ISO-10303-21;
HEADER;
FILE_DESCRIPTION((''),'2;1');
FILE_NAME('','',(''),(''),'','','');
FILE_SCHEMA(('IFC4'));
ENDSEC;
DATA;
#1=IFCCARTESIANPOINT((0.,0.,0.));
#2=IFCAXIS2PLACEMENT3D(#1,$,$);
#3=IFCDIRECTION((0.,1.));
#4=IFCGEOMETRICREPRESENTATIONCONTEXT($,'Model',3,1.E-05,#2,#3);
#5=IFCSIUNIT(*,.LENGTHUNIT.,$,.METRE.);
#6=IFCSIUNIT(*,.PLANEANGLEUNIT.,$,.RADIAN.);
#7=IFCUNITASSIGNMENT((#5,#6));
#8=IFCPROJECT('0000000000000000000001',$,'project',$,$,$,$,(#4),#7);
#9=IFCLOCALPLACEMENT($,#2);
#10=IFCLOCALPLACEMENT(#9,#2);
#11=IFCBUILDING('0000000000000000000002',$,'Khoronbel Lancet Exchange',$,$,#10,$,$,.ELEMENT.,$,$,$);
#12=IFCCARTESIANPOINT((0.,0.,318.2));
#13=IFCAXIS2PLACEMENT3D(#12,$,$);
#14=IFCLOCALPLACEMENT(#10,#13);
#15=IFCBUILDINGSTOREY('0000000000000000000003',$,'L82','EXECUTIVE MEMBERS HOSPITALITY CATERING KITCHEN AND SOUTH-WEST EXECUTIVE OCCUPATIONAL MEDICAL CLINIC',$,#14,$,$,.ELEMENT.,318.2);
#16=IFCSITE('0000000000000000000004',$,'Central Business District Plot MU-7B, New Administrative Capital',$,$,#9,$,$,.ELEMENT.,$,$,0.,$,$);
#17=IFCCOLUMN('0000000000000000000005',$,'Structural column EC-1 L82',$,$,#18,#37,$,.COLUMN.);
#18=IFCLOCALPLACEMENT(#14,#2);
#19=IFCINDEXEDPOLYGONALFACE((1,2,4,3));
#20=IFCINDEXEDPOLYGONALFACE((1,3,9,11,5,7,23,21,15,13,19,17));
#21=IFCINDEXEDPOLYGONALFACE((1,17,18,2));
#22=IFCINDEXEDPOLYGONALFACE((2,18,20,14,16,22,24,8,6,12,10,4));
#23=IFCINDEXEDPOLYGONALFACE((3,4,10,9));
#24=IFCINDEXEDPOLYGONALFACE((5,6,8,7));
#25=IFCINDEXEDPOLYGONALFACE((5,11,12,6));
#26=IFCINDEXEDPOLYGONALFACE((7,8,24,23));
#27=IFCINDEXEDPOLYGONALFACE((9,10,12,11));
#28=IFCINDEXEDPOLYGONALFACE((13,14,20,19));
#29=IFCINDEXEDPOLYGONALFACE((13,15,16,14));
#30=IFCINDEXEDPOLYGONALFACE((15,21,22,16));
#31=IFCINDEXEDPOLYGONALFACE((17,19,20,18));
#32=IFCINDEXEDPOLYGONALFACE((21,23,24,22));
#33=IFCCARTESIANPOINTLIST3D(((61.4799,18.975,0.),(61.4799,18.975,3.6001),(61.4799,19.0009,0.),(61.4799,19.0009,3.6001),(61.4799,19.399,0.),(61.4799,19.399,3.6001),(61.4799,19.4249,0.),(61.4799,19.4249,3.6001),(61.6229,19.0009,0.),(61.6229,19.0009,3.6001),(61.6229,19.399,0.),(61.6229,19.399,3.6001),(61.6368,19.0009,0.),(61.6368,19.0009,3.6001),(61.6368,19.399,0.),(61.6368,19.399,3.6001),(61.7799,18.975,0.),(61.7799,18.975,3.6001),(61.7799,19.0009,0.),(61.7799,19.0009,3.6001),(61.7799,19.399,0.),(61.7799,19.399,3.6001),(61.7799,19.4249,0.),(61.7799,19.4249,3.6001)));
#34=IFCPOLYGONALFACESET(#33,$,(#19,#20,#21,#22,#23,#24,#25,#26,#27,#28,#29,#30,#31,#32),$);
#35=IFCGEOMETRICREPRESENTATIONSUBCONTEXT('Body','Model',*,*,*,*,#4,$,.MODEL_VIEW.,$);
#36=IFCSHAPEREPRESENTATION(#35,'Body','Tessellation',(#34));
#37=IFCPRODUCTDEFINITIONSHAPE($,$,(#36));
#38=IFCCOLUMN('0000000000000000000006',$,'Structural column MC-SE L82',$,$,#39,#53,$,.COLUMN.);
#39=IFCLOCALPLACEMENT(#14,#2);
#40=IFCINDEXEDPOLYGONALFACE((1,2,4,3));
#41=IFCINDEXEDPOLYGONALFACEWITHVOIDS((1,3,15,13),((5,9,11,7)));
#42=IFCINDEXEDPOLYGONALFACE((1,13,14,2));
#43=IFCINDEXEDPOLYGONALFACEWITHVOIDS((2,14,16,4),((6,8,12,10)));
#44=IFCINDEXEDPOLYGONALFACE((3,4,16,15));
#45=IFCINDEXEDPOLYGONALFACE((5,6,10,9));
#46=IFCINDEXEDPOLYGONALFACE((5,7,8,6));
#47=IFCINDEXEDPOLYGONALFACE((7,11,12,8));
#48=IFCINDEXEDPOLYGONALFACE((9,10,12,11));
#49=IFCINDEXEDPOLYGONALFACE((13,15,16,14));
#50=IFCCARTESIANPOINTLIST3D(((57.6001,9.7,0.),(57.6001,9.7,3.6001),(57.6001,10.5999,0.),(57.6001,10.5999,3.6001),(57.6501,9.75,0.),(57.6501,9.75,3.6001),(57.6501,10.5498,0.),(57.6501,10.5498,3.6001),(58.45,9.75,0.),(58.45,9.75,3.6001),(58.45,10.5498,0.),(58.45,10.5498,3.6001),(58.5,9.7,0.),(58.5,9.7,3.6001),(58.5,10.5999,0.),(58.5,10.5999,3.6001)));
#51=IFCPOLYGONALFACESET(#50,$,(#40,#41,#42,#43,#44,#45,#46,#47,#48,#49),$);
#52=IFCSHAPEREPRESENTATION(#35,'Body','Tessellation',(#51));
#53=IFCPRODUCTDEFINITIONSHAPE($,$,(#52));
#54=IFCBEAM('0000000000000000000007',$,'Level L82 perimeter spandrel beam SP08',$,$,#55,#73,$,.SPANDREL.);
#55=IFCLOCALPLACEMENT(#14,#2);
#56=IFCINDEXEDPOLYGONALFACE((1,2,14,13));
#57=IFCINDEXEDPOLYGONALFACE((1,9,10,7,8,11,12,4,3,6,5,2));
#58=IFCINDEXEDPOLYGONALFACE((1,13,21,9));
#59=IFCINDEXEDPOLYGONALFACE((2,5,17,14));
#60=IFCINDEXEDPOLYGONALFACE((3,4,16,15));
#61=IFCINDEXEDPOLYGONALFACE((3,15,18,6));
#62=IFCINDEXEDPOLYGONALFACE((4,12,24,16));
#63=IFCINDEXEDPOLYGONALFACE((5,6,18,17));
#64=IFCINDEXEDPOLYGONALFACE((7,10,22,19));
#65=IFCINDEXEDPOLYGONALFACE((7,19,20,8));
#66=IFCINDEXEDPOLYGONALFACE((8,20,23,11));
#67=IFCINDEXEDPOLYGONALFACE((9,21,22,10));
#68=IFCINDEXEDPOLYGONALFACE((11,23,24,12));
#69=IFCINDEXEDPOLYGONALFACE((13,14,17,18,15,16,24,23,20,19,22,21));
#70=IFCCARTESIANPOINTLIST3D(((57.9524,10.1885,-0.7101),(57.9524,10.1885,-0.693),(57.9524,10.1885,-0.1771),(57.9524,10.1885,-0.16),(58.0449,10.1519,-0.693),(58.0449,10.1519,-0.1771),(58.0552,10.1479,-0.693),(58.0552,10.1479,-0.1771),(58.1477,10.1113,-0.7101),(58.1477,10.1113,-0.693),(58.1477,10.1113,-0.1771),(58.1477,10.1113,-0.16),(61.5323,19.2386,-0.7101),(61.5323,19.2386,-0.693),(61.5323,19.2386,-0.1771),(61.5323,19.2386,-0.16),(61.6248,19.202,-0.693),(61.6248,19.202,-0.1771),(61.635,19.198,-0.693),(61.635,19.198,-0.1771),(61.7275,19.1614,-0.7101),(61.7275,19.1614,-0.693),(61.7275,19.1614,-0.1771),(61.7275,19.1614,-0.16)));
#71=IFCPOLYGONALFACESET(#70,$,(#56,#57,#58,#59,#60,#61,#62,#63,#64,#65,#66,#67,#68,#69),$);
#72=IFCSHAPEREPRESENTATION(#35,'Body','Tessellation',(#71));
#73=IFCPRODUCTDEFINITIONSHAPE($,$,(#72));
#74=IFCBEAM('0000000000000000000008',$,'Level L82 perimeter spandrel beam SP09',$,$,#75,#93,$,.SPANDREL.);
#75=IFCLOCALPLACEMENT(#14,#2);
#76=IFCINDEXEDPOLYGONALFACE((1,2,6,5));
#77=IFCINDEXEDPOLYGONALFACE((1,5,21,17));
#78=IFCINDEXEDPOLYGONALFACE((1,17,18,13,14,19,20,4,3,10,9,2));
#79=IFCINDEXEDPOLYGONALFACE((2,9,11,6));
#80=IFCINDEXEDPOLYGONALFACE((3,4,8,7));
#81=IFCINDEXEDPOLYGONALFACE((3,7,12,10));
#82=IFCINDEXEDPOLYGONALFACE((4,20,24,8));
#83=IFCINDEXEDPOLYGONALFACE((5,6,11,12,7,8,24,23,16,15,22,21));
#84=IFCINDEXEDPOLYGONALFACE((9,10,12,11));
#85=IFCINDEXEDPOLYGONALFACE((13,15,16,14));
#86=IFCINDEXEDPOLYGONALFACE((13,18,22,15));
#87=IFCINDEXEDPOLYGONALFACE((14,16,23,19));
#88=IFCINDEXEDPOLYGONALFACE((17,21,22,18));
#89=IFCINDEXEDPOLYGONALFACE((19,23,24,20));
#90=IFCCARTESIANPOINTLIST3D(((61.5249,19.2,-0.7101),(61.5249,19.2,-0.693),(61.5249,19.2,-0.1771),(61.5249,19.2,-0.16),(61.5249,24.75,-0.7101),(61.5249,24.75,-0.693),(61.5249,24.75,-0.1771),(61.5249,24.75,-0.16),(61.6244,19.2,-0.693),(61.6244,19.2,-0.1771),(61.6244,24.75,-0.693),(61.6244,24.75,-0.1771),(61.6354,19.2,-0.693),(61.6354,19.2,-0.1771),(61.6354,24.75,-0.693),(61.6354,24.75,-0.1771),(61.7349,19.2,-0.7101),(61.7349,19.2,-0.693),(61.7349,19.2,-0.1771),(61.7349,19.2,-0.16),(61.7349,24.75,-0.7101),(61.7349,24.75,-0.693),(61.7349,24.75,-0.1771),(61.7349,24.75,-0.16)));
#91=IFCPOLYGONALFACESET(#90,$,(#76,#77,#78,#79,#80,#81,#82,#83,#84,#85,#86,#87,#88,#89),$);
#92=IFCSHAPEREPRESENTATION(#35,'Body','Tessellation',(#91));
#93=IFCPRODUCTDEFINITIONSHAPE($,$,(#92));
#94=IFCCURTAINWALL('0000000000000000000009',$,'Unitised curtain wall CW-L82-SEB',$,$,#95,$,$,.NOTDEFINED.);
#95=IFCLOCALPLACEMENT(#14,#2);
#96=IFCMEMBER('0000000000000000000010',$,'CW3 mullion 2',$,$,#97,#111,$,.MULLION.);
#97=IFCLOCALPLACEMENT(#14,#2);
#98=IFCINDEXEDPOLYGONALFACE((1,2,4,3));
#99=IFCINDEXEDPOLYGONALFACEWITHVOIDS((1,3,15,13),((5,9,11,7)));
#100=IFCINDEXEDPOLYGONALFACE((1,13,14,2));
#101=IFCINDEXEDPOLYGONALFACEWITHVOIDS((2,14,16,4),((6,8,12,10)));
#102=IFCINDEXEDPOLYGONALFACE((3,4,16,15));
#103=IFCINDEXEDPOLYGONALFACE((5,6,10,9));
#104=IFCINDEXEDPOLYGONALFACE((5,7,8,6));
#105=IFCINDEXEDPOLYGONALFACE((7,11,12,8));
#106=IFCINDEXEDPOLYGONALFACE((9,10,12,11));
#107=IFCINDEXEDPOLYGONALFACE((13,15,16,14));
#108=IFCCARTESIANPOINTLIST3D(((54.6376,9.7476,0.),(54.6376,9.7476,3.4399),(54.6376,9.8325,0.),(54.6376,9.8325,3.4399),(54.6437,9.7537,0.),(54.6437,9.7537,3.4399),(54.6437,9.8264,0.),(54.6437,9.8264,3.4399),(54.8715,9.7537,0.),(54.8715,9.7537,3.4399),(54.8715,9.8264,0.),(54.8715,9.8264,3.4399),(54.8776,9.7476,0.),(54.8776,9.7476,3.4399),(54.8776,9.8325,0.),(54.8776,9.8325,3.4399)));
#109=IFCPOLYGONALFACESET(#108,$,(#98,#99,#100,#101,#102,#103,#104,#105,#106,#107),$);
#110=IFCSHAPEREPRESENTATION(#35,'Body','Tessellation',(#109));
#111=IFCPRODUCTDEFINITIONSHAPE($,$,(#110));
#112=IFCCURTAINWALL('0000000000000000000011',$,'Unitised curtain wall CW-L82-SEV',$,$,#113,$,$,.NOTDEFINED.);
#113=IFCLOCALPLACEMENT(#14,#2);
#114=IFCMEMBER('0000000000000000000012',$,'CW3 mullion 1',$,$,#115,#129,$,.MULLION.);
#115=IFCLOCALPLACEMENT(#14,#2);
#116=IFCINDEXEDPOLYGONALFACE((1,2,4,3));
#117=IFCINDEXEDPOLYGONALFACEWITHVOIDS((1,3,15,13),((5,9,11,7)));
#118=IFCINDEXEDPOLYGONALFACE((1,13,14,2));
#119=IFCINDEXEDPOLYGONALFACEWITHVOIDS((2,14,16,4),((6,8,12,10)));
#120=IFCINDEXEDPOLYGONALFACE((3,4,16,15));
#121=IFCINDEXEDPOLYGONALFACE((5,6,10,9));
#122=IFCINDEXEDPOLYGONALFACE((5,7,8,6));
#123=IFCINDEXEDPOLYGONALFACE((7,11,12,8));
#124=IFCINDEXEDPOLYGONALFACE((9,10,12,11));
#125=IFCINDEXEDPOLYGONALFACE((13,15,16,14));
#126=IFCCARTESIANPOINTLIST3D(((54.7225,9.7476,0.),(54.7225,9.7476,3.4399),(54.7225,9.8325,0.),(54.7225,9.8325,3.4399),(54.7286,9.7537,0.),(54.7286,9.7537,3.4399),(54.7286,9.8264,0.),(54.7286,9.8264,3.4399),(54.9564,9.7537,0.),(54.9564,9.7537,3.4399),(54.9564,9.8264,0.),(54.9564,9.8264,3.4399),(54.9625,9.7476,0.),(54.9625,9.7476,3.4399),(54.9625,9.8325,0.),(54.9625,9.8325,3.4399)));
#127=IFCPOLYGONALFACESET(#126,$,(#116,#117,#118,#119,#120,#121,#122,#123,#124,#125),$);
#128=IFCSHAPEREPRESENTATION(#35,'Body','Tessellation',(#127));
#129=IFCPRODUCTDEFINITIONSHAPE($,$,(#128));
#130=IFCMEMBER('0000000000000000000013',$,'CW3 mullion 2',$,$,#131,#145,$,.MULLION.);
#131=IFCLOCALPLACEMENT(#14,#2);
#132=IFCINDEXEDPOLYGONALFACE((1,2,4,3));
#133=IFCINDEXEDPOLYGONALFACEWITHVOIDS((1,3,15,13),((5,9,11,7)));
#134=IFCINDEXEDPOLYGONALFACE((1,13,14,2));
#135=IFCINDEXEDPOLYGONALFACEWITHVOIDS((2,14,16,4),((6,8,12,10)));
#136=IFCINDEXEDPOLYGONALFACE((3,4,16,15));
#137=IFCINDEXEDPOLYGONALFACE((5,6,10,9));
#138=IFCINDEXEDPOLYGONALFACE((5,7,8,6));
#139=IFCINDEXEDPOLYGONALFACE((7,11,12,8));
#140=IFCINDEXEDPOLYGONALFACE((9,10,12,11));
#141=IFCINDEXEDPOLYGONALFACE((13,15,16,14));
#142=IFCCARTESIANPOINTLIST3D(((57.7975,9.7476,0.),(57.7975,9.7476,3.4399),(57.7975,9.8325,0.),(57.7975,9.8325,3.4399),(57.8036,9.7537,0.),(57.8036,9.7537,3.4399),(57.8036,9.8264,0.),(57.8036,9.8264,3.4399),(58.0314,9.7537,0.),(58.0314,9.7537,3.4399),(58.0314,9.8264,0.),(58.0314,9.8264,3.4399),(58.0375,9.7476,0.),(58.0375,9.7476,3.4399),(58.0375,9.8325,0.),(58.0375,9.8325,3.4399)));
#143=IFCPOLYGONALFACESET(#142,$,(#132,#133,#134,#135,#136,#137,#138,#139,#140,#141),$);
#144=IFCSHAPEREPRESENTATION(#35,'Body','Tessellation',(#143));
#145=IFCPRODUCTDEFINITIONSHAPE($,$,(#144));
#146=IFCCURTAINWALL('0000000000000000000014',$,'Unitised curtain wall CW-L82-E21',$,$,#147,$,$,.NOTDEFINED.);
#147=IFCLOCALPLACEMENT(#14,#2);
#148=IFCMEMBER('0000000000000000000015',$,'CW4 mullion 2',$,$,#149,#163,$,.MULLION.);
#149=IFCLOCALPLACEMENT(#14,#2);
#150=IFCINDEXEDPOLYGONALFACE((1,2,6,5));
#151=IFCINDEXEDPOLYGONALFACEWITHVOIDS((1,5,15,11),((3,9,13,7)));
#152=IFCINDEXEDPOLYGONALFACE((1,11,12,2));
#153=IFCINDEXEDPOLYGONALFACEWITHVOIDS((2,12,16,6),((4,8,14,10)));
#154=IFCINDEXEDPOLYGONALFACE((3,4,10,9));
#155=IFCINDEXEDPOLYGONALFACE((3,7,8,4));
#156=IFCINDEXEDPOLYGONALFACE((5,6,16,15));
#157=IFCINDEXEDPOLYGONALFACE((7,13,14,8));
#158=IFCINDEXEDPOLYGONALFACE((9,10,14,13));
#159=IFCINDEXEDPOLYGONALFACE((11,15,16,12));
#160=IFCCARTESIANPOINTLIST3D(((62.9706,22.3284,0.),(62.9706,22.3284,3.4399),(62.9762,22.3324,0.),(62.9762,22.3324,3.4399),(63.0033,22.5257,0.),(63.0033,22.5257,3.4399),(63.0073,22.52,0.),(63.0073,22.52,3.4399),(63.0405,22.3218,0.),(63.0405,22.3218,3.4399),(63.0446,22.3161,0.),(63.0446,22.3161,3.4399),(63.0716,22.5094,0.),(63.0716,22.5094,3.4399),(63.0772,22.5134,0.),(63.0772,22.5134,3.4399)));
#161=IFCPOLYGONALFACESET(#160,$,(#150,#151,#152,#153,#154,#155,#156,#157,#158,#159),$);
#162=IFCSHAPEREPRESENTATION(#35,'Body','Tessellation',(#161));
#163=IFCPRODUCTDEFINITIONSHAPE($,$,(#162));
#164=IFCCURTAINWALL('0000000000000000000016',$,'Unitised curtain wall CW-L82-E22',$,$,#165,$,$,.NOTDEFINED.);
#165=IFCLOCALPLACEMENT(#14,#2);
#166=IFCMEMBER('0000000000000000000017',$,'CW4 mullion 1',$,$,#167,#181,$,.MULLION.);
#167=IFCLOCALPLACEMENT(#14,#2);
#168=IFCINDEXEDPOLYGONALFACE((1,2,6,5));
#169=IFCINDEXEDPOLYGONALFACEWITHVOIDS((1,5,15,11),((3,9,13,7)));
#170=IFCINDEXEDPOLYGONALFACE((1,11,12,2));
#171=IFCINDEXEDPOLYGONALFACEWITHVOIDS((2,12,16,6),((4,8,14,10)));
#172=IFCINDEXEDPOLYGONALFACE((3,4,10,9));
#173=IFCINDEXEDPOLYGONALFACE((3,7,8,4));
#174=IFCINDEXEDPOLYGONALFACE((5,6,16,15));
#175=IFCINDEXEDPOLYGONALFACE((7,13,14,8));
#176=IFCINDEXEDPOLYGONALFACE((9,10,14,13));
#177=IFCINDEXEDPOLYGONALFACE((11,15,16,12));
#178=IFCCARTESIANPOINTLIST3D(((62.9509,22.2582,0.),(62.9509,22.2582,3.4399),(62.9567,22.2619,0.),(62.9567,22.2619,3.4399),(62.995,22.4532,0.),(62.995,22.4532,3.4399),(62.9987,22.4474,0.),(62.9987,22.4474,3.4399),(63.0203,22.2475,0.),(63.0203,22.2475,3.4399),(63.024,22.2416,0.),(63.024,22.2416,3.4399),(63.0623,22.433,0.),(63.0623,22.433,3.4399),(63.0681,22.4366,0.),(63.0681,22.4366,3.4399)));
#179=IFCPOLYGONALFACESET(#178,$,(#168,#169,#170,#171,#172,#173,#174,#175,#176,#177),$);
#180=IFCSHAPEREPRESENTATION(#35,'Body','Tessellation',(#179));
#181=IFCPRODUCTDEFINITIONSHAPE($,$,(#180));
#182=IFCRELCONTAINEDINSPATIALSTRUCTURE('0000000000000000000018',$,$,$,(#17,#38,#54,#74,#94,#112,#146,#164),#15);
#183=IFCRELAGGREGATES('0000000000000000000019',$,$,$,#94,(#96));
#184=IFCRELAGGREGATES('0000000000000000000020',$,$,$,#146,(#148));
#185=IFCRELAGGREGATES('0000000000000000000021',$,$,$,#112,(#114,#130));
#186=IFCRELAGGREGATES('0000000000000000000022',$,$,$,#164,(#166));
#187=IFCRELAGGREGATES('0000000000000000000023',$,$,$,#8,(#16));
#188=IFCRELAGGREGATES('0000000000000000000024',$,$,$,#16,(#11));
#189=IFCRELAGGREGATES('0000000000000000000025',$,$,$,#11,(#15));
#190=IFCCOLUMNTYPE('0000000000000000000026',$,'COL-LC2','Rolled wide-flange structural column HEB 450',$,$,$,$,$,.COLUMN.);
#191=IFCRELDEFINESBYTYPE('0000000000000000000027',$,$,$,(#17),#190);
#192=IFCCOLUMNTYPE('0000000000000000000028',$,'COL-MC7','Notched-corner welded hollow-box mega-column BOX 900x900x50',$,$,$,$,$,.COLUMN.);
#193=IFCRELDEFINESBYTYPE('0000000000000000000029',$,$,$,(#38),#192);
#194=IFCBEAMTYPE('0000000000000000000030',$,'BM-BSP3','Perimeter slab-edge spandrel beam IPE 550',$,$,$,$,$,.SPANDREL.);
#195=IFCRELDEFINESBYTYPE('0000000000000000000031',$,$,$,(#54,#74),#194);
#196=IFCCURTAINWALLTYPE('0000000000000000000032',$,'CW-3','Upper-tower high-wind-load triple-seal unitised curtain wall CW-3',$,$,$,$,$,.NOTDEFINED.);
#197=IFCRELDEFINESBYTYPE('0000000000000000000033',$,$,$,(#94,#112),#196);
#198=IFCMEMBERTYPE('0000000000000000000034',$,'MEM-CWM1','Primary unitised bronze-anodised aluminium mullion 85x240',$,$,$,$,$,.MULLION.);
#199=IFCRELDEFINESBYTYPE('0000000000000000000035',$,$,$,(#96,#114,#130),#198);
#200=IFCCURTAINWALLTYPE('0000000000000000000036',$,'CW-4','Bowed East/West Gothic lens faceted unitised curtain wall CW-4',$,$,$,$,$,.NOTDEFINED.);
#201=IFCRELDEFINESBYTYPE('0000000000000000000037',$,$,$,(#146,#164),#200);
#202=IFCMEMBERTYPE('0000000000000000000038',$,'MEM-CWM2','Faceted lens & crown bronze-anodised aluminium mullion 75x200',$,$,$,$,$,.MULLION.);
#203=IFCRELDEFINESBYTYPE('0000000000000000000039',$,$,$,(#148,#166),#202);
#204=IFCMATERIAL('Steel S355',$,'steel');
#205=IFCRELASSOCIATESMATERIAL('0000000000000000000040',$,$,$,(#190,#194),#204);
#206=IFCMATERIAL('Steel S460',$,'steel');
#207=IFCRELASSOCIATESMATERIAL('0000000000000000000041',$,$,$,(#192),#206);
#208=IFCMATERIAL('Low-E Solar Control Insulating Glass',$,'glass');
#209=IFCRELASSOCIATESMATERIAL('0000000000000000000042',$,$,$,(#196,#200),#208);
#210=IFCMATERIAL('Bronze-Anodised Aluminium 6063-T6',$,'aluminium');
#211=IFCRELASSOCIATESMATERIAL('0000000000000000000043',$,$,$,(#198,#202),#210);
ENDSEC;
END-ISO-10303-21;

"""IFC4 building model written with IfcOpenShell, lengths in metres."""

from ifc_helpers import new_model, si_unit, direction, frame, origin, origin_2d, place, context, subcontext, project, spatial, hollow_rectangle, i_section, extrude, material, material_profile, profile_set, type_object, element, aggregate, save


model = new_model("IFC4")

# Units and contexts
model_context = context("Model", 3, precision=1e-05, world=origin(), true_north=direction((0.0, 1.0)))
body_context = subcontext(model_context, "Body", "Model", "MODEL_VIEW")
ifc_project = project(units=[si_unit("LENGTHUNIT", "METRE"), si_unit("PLANEANGLEUNIT", "RADIAN")], contexts=[model_context])

# Site, building, storey
site_placement = place(None, origin())
site = spatial("IfcSite", under=ifc_project, at=site_placement, Name="Central Business District Plot MU-7B, New Administrative Capital", CompositionType="ELEMENT", RefElevation=0.0)
building_placement = place(site_placement, origin())
building = spatial("IfcBuilding", under=site, at=building_placement, Name="Khoronbel Lancet Exchange", CompositionType="ELEMENT")
storey_placement = place(building_placement, frame((0.0, 0.0, 318.2)))
storey = spatial("IfcBuildingStorey", under=building, at=storey_placement, Name="L82", Description="EXECUTIVE MEMBERS HOSPITALITY CATERING KITCHEN AND SOUTH-WEST EXECUTIVE OCCUPATIONAL MEDICAL CLINIC", CompositionType="ELEMENT", Elevation=318.2)

# Columns
ifc_material_1 = material(Name="Steel S355", Category="steel")
ifc_material_profile_1 = material_profile(ifc_material_1, i_section(OverallWidth=0.3, OverallDepth=0.45, WebThickness=0.0139, FlangeThickness=0.0259, at=origin_2d()), Name="HEB 450")
ifc_profile_set_1 = profile_set([ifc_material_profile_1], Name="Steel S355")
column_type_1 = type_object("IfcColumnType", Name="COL-LC2", Description="Rolled wide-flange structural column HEB 450", PredefinedType="COLUMN", material=ifc_profile_set_1)
column_1_placement = place(storey_placement, frame((61.6299, 19.2, 0.0), z_axis=(0.0, 0.0, 1.0), x_axis=(1.0, 0.0, 0.0)))
element("IfcColumn", 1, at=column_1_placement, inside=storey, type_object=column_type_1, Name="Structural column EC-1 L82", PredefinedType="COLUMN", context=body_context, shape_type="SweptSolid", body=[
    extrude(i_section(OverallWidth=0.3, OverallDepth=0.45, WebThickness=0.0139, FlangeThickness=0.0259, at=origin_2d()), origin(), (0.0, 0.0, 1.0), 3.6001),
])
ifc_material_2 = material(Name="Steel S460", Category="steel")
ifc_material_profile_2 = material_profile(ifc_material_2, hollow_rectangle(XDim=0.8999, YDim=0.8999, WallThickness=0.05, at=origin_2d()), Name="BOX 900x900x50")
ifc_profile_set_2 = profile_set([ifc_material_profile_2], Name="Steel S460")
column_type_2 = type_object("IfcColumnType", Name="COL-MC7", Description="Notched-corner welded hollow-box mega-column BOX 900x900x50", PredefinedType="COLUMN", material=ifc_profile_set_2)
column_2_placement = place(storey_placement, frame((58.05, 10.1499, 0.0), z_axis=(0.0, 0.0, 1.0), x_axis=(1.0, 0.0, 0.0)))
element("IfcColumn", 2, at=column_2_placement, inside=storey, type_object=column_type_2, Name="Structural column MC-SE L82", PredefinedType="COLUMN", context=body_context, shape_type="SweptSolid", body=[
    extrude(hollow_rectangle(XDim=0.8999, YDim=0.8999, WallThickness=0.05, at=origin_2d()), origin(), (0.0, 0.0, 1.0), 3.6001),
])

# Beams
ifc_material_profile_3 = material_profile(ifc_material_1, i_section(OverallWidth=0.21, OverallDepth=0.55, WebThickness=0.011, FlangeThickness=0.0171, at=origin_2d()), Name="IPE 550")
ifc_profile_set_3 = profile_set([ifc_material_profile_3], Name="Steel S355")
beam_type = type_object("IfcBeamType", Name="BM-BSP3", Description="Perimeter slab-edge spandrel beam IPE 550", PredefinedType="SPANDREL", material=ifc_profile_set_3)
beam_1_placement = place(storey_placement, frame((58.05, 10.1499, -0.4351), z_axis=(0.367828, 0.929894, 0.0), x_axis=(-0.929894, 0.367828, 0.0)))
element("IfcBeam", 3, at=beam_1_placement, inside=storey, type_object=beam_type, Name="Level L82 perimeter spandrel beam SP08", PredefinedType="SPANDREL", context=body_context, shape_type="SweptSolid", body=[
    extrude(i_section(OverallWidth=0.21, OverallDepth=0.55, WebThickness=0.011, FlangeThickness=0.0171, at=origin_2d()), origin(), (0.0, 0.0, 1.0), 9.7324),
])
beam_2_placement = place(storey_placement, frame((61.6299, 19.2, -0.4351), z_axis=(0.0, 1.0, 0.0), x_axis=(-1.0, 0.0, 0.0)))
element("IfcBeam", 4, at=beam_2_placement, inside=storey, type_object=beam_type, Name="Level L82 perimeter spandrel beam SP09", PredefinedType="SPANDREL", context=body_context, shape_type="SweptSolid", body=[
    extrude(i_section(OverallWidth=0.21, OverallDepth=0.55, WebThickness=0.011, FlangeThickness=0.0171, at=origin_2d()), origin(), (0.0, 0.0, 1.0), 5.55),
])

# Curtain wall, member
ifc_material_3 = material(Name="Low-E Solar Control Insulating Glass", Category="glass")
curtain_wall_type_1 = type_object("IfcCurtainWallType", Name="CW-3", Description="Upper-tower high-wind-load triple-seal unitised curtain wall CW-3", PredefinedType="NOTDEFINED", material=ifc_material_3)
curtain_wall_1_placement = place(storey_placement, origin())
curtain_wall_1 = element("IfcCurtainWall", 5, at=curtain_wall_1_placement, inside=storey, type_object=curtain_wall_type_1, Name="Unitised curtain wall CW-L82-SEB", PredefinedType="NOTDEFINED")
ifc_material_4 = material(Name="Bronze-Anodised Aluminium 6063-T6", Category="aluminium")
ifc_material_profile_4 = material_profile(ifc_material_4, hollow_rectangle(XDim=0.085, YDim=0.24, WallThickness=0.0061, at=origin_2d()), Name="ALU MULLION 85x240")
ifc_profile_set_4 = profile_set([ifc_material_profile_4], Name="Bronze-Anodised Aluminium 6063-T6")
member_type_1 = type_object("IfcMemberType", Name="MEM-CWM1", Description="Primary unitised bronze-anodised aluminium mullion 85x240", PredefinedType="MULLION", material=ifc_profile_set_4)
member_1_placement = place(storey_placement, frame((54.7576, 9.79, 0.0), z_axis=(0.0, 0.0, 1.0), x_axis=(0.0, 1.0, 0.0)))
member_1 = element("IfcMember", 6, at=member_1_placement, type_object=member_type_1, Name="CW3 mullion 2", PredefinedType="MULLION", context=body_context, shape_type="SweptSolid", body=[
    extrude(hollow_rectangle(XDim=0.085, YDim=0.24, WallThickness=0.0061, at=origin_2d()), origin(), (0.0, 0.0, 1.0), 3.4399),
])
aggregate(curtain_wall_1, [member_1])

# Curtain wall, members
curtain_wall_2_placement = place(storey_placement, origin())
curtain_wall_2 = element("IfcCurtainWall", 7, at=curtain_wall_2_placement, inside=storey, type_object=curtain_wall_type_1, Name="Unitised curtain wall CW-L82-SEV", PredefinedType="NOTDEFINED")
member_2_placement = place(storey_placement, frame((54.8425, 9.79, 0.0), z_axis=(0.0, 0.0, 1.0), x_axis=(0.0, 1.0, 0.0)))
member_2 = element("IfcMember", 8, at=member_2_placement, type_object=member_type_1, Name="CW3 mullion 1", PredefinedType="MULLION", context=body_context, shape_type="SweptSolid", body=[
    extrude(hollow_rectangle(XDim=0.085, YDim=0.24, WallThickness=0.0061, at=origin_2d()), origin(), (0.0, 0.0, 1.0), 3.4399),
])
member_3_placement = place(storey_placement, frame((57.9175, 9.79, 0.0), z_axis=(0.0, 0.0, 1.0), x_axis=(0.0, 1.0, 0.0)))
member_3 = element("IfcMember", 9, at=member_3_placement, type_object=member_type_1, Name="CW3 mullion 2", PredefinedType="MULLION", context=body_context, shape_type="SweptSolid", body=[
    extrude(hollow_rectangle(XDim=0.085, YDim=0.24, WallThickness=0.0061, at=origin_2d()), origin(), (0.0, 0.0, 1.0), 3.4399),
])

# Curtain wall, member
curtain_wall_type_2 = type_object("IfcCurtainWallType", Name="CW-4", Description="Bowed East/West Gothic lens faceted unitised curtain wall CW-4", PredefinedType="NOTDEFINED", material=ifc_material_3)
curtain_wall_3_placement = place(storey_placement, origin())
curtain_wall_3 = element("IfcCurtainWall", 10, at=curtain_wall_3_placement, inside=storey, type_object=curtain_wall_type_2, Name="Unitised curtain wall CW-L82-E21", PredefinedType="NOTDEFINED")
ifc_material_profile_5 = material_profile(ifc_material_4, hollow_rectangle(XDim=0.075, YDim=0.2, WallThickness=0.0049, at=origin_2d()), Name="ALU MULLION 75x200")
ifc_profile_set_5 = profile_set([ifc_material_profile_5], Name="Bronze-Anodised Aluminium 6063-T6")
member_type_2 = type_object("IfcMemberType", Name="MEM-CWM2", Description="Faceted lens & crown bronze-anodised aluminium mullion 75x200", PredefinedType="MULLION", material=ifc_profile_set_5)
member_4_placement = place(storey_placement, frame((63.0239, 22.4209, 0.0), z_axis=(0.0, 0.0, 1.0), x_axis=(0.986547, -0.163479, 0.0)))
member_4 = element("IfcMember", 11, at=member_4_placement, type_object=member_type_2, Name="CW4 mullion 2", PredefinedType="MULLION", context=body_context, shape_type="SweptSolid", body=[
    extrude(hollow_rectangle(XDim=0.075, YDim=0.2, WallThickness=0.0049, at=origin_2d()), origin(), (0.0, 0.0, 1.0), 3.4399),
])
aggregate(curtain_wall_3, [member_4])

# Curtain wall, member
curtain_wall_4_placement = place(storey_placement, origin())
curtain_wall_4 = element("IfcCurtainWall", 12, at=curtain_wall_4_placement, inside=storey, type_object=curtain_wall_type_2, Name="Unitised curtain wall CW-L82-E22", PredefinedType="NOTDEFINED")
member_5_placement = place(storey_placement, frame((63.0095, 22.3474, 0.0), z_axis=(0.0, 0.0, 1.0), x_axis=(0.975333, -0.220738, 0.0)))
member_5 = element("IfcMember", 13, at=member_5_placement, type_object=member_type_2, Name="CW4 mullion 1", PredefinedType="MULLION", context=body_context, shape_type="SweptSolid", body=[
    extrude(hollow_rectangle(XDim=0.075, YDim=0.2, WallThickness=0.0049, at=origin_2d()), origin(), (0.0, 0.0, 1.0), 3.4399),
])

aggregate(curtain_wall_2, [member_2, member_3])
aggregate(curtain_wall_4, [member_5])

save(model, "model.ifc")
